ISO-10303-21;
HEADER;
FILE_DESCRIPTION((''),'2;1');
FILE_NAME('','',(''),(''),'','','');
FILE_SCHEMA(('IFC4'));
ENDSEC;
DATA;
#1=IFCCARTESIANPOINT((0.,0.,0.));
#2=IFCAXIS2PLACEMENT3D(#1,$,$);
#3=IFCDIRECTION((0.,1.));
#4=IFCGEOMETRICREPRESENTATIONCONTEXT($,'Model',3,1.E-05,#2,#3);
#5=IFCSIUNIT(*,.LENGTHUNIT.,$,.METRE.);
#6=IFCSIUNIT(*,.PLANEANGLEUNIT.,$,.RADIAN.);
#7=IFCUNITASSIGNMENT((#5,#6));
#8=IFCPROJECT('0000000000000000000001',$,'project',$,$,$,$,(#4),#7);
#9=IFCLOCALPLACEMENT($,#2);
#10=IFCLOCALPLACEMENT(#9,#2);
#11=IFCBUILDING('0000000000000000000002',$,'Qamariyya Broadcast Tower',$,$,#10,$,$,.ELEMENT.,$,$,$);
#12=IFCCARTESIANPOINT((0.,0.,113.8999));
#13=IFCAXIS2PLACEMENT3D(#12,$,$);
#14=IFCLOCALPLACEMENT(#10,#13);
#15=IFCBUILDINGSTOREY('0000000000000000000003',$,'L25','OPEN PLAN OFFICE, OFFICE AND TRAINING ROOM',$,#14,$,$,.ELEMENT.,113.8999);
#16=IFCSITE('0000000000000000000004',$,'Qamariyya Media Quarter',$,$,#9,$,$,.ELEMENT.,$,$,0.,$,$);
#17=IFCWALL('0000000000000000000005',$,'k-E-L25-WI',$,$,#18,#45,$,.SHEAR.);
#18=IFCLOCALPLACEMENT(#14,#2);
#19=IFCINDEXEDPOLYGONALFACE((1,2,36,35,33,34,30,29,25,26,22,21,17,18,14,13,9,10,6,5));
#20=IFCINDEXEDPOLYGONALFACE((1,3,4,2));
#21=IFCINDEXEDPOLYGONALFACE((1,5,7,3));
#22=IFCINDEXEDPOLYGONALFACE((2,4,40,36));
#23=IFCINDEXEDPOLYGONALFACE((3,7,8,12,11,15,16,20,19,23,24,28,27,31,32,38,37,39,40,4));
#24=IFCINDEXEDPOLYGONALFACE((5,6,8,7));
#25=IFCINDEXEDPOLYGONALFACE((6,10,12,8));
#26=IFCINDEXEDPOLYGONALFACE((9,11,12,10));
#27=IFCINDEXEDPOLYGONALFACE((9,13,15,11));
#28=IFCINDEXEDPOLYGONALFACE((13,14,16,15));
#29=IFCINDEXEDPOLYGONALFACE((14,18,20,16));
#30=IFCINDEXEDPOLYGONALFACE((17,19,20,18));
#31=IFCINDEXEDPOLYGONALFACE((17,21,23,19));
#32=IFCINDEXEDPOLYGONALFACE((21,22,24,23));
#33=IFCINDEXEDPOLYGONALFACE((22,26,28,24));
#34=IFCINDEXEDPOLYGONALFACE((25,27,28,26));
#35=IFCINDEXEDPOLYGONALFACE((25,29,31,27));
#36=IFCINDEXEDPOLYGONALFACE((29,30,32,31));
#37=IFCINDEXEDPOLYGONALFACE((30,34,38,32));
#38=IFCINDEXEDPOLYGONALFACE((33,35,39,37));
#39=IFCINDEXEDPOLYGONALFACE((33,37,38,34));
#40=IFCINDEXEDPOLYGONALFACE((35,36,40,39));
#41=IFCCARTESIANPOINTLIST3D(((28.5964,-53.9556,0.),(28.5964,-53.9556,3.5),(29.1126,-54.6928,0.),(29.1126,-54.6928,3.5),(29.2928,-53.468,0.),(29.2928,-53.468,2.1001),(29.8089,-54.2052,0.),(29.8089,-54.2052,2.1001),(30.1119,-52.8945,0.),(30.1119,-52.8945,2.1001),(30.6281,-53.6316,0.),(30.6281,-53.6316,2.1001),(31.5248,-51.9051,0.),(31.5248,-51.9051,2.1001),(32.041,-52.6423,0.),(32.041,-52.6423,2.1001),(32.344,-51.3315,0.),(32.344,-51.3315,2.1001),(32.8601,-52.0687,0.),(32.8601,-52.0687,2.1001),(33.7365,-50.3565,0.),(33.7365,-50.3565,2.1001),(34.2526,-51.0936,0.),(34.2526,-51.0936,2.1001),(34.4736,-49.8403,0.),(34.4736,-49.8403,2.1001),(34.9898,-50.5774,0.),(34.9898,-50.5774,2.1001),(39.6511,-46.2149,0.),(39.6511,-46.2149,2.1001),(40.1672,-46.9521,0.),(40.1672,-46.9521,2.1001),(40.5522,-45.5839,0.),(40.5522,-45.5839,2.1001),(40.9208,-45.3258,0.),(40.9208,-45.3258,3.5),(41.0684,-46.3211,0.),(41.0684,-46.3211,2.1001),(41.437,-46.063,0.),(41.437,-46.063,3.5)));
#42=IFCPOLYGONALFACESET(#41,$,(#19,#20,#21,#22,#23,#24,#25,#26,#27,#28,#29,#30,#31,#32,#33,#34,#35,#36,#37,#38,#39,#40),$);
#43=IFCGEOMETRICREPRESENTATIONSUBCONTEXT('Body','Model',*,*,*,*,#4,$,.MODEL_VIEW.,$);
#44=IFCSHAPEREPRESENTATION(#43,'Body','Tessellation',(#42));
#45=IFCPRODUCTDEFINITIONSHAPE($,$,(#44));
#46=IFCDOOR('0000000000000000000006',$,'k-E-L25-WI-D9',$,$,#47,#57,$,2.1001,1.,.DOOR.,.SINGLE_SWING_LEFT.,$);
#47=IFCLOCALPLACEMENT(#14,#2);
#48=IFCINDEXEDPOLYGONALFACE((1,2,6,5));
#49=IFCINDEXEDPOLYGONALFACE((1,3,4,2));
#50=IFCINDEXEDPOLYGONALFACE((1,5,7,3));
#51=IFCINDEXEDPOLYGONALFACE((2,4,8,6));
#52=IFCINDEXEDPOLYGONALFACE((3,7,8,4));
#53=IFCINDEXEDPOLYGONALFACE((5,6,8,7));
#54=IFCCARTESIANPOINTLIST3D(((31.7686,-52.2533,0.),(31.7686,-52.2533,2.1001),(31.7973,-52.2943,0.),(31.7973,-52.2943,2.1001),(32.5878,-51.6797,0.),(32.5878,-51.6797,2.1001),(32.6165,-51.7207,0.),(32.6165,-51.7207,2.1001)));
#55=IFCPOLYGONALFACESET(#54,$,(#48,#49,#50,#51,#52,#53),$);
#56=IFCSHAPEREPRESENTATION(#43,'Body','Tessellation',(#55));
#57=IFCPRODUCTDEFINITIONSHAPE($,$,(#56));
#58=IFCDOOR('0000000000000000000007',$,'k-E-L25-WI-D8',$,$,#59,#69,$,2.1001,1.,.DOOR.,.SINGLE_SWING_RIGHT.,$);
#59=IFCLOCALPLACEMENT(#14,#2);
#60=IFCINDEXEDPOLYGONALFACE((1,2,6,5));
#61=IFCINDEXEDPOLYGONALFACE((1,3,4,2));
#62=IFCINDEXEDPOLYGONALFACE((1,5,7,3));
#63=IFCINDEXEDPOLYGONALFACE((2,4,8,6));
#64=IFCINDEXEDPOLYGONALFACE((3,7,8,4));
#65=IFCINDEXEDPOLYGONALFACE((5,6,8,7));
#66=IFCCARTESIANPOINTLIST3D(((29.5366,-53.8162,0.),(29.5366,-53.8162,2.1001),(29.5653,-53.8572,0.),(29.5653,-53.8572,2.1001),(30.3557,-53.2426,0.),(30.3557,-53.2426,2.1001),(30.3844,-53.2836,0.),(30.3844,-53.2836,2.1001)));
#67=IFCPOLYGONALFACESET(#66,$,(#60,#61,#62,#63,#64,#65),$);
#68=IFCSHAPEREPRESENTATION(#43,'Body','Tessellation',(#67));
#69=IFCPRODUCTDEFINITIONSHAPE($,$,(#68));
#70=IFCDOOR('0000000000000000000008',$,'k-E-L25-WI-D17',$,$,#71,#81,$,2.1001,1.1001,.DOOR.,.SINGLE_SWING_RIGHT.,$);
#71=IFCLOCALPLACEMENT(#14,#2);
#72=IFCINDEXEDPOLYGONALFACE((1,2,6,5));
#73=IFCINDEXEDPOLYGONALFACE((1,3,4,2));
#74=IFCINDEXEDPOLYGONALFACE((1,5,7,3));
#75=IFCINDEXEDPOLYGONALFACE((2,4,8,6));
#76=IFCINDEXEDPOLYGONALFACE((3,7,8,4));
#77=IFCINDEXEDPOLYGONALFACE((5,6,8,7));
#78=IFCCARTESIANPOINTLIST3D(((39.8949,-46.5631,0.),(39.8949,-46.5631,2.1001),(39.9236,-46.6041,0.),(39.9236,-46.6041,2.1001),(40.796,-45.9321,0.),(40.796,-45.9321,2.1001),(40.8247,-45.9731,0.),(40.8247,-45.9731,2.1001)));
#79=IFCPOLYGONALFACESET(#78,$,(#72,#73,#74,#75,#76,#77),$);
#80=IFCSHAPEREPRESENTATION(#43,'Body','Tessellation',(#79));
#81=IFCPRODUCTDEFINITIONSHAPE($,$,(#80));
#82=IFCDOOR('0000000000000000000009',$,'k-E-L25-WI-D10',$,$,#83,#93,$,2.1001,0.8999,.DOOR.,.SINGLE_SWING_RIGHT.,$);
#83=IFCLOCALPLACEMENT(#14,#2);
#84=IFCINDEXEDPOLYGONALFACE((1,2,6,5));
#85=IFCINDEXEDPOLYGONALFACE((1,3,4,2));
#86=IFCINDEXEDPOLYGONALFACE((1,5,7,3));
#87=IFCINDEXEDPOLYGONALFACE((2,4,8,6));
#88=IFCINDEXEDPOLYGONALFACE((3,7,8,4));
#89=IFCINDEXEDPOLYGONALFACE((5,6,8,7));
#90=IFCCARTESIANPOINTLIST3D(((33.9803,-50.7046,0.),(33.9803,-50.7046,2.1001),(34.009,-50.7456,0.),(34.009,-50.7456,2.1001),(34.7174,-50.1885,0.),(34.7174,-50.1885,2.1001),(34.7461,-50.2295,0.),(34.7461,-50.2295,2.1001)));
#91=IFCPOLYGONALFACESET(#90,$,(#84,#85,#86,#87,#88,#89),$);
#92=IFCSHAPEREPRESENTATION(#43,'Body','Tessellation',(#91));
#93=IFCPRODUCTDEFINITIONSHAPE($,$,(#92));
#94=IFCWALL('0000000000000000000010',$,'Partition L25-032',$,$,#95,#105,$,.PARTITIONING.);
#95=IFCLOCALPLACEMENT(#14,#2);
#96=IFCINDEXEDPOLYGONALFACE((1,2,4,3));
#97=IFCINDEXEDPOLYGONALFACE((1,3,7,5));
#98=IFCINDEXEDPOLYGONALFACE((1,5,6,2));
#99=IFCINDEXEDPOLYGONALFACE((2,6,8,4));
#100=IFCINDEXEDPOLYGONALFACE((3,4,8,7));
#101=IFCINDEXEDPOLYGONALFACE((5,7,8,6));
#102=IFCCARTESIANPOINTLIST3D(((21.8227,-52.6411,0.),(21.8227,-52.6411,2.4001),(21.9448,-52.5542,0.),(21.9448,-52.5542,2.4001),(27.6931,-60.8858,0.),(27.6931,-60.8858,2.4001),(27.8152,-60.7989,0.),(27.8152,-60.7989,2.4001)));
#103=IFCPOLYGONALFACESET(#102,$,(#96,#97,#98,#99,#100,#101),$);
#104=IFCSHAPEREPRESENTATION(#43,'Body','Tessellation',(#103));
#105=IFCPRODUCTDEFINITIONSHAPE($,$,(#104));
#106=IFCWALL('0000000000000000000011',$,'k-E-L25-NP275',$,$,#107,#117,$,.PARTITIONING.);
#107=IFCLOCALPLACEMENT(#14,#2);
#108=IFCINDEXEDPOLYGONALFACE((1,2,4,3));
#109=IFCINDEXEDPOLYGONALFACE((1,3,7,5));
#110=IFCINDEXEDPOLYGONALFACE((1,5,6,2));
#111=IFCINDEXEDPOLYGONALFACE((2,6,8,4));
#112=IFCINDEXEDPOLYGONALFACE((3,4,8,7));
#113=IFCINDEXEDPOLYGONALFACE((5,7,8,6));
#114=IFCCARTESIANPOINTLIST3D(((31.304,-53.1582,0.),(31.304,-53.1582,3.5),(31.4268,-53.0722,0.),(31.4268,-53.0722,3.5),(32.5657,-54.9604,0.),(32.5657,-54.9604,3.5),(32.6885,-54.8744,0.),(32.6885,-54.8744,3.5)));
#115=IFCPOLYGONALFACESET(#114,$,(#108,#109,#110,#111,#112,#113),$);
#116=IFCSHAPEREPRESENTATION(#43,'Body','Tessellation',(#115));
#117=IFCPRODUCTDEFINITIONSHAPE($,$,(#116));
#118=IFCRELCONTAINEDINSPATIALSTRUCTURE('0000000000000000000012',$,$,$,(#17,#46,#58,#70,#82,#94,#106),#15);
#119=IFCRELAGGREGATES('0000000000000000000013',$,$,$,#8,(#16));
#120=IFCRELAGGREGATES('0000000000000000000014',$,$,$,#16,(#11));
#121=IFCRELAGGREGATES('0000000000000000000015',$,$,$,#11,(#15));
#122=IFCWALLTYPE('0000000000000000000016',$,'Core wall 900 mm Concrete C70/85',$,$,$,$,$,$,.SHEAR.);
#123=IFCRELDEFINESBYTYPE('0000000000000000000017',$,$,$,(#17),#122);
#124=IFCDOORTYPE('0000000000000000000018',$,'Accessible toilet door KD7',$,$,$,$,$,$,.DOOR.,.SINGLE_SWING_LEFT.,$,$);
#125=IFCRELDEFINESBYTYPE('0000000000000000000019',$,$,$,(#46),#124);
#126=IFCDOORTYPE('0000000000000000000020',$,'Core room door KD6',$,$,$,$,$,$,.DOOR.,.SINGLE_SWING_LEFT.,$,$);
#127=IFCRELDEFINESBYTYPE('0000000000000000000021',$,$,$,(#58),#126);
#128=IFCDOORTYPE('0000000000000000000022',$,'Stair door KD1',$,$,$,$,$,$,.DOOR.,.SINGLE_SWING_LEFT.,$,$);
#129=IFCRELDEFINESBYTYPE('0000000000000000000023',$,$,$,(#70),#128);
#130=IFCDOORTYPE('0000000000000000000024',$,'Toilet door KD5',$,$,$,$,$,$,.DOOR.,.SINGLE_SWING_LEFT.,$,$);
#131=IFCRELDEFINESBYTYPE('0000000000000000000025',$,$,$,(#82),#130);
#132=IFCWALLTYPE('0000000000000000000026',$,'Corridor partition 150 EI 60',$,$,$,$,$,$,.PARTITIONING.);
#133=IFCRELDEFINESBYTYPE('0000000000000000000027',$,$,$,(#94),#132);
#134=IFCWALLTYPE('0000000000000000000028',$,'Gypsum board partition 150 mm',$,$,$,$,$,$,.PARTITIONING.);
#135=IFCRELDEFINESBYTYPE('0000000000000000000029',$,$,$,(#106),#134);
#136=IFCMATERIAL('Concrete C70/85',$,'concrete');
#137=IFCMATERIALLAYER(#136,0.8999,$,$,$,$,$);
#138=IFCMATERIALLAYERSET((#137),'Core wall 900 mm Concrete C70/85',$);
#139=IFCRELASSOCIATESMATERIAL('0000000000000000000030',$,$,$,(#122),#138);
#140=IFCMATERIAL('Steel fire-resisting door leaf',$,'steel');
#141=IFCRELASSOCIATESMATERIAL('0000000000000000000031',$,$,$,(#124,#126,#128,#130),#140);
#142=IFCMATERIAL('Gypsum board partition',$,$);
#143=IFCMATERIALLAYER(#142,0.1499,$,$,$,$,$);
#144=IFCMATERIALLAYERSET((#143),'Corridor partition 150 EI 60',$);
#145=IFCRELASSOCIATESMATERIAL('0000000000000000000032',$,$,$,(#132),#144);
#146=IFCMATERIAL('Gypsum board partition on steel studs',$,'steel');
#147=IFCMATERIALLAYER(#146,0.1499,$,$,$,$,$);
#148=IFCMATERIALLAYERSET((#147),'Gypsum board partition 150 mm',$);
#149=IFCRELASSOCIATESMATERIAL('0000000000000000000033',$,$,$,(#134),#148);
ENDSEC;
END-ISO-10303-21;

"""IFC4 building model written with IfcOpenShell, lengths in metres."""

from ifc_helpers import new_model, si_unit, direction, frame, frame_2d, origin, place, context, subcontext, project, spatial, rectangle, extrude, material, layer, layer_set, type_object, element, fill, save


model = new_model("IFC4")

# Units and contexts
model_context = context("Model", 3, precision=1e-05, world=origin(), true_north=direction((0.0, 1.0)))
body_context = subcontext(model_context, "Body", "Model", "MODEL_VIEW")
ifc_project = project(units=[si_unit("LENGTHUNIT", "METRE"), si_unit("PLANEANGLEUNIT", "RADIAN")], contexts=[model_context])

# Site, building, storey
site_placement = place(None, origin())
site = spatial("IfcSite", under=ifc_project, at=site_placement, Name="Qamariyya Media Quarter", CompositionType="ELEMENT", RefElevation=0.0)
building_placement = place(site_placement, origin())
building = spatial("IfcBuilding", under=site, at=building_placement, Name="Qamariyya Broadcast Tower", CompositionType="ELEMENT")
storey_placement = place(building_placement, frame((0.0, 0.0, 113.8999)))
storey = spatial("IfcBuildingStorey", under=building, at=storey_placement, Name="L25", Description="OPEN PLAN OFFICE, OFFICE AND TRAINING ROOM", CompositionType="ELEMENT", Elevation=113.8999)

# Shared definitions
ifc_material_1 = material(Name="Concrete C70/85", Category="concrete")

# Wall, openings, doors
ifc_layer_1 = layer(ifc_material_1, 0.8999)
ifc_layer_set_1 = layer_set([ifc_layer_1], Name="Core wall 900 mm Concrete C70/85")
wall_type_1 = type_object("IfcWallType", Name="Core wall 900 mm Concrete C70/85", PredefinedType="SHEAR", material=ifc_layer_set_1)
wall_1_placement = place(storey_placement, frame((28.8545, -54.3242, 0.0), z_axis=(0.0, 0.0, 1.0), x_axis=(0.819146, 0.573585, 0.0)))
wall_1 = element("IfcWall", 1, at=wall_1_placement, inside=storey, type_object=wall_type_1, Name="k-E-L25-WI", PredefinedType="SHEAR", context=body_context, shape_type="SweptSolid", body=[
    extrude(rectangle(XDim=15.0454, YDim=0.8999, at=frame_2d((7.5227, 0.0))), origin(), (0.0, 0.0, 1.0), 3.5),
])
opening_1_placement = place(wall_1_placement, frame((0.8501, 0.0, 0.0)))
opening_1 = element("IfcOpeningElement", 2, at=opening_1_placement, cuts=wall_1, PredefinedType="OPENING", context=body_context, shape_type="SweptSolid", body=[
    extrude(rectangle(XDim=1.0, YDim=2.1001, at=frame_2d((0.5, 1.05))), frame((0.0, 0.46, 0.0), z_axis=(0.0, -1.0, 0.0), x_axis=(1.0, 0.0, 0.0)), (0.0, 0.0, 1.0), 0.9199),
])
opening_2_placement = place(wall_1_placement, frame((3.575, 0.0, 0.0)))
opening_2 = element("IfcOpeningElement", 3, at=opening_2_placement, cuts=wall_1, PredefinedType="OPENING", context=body_context, shape_type="SweptSolid", body=[
    extrude(rectangle(XDim=1.0, YDim=2.1001, at=frame_2d((0.5, 1.05))), frame((0.0, 0.46, 0.0), z_axis=(0.0, -1.0, 0.0), x_axis=(1.0, 0.0, 0.0)), (0.0, 0.0, 1.0), 0.9199),
])
opening_3_placement = place(wall_1_placement, frame((6.2749, 0.0, 0.0)))
opening_3 = element("IfcOpeningElement", 4, at=opening_3_placement, cuts=wall_1, PredefinedType="OPENING", context=body_context, shape_type="SweptSolid", body=[
    extrude(rectangle(XDim=0.8999, YDim=2.1001, at=frame_2d((0.45, 1.05))), frame((0.0, 0.46, 0.0), z_axis=(0.0, -1.0, 0.0), x_axis=(1.0, 0.0, 0.0)), (0.0, 0.0, 1.0), 0.9199),
])
opening_4_placement = place(wall_1_placement, frame((13.4954, 0.0, 0.0)))
opening_4 = element("IfcOpeningElement", 5, at=opening_4_placement, cuts=wall_1, PredefinedType="OPENING", context=body_context, shape_type="SweptSolid", body=[
    extrude(rectangle(XDim=1.1001, YDim=2.1001, at=frame_2d((0.55, 1.05))), frame((0.0, 0.46, 0.0), z_axis=(0.0, -1.0, 0.0), x_axis=(1.0, 0.0, 0.0)), (0.0, 0.0, 1.0), 0.9199),
])
ifc_material_2 = material(Name="Steel fire-resisting door leaf", Category="steel")
door_type_1 = type_object("IfcDoorType", Name="Accessible toilet door KD7", OperationType="SINGLE_SWING_LEFT", PredefinedType="DOOR", material=ifc_material_2)
door_1_placement = place(opening_2_placement, origin())
door_1 = element("IfcDoor", 6, at=door_1_placement, inside=storey, type_object=door_type_1, Name="k-E-L25-WI-D9", OperationType="SINGLE_SWING_LEFT", OverallHeight=2.1001, OverallWidth=1.0, PredefinedType="DOOR", context=body_context, shape_type="SweptSolid", body=[
    extrude(rectangle(XDim=1.0, YDim=2.1001, at=frame_2d((0.5, 1.05))), frame((0.0, 0.0249, 0.0), z_axis=(0.0, -1.0, 0.0), x_axis=(1.0, 0.0, 0.0)), (0.0, 0.0, 1.0), 0.05),
])
fill(opening_2, door_1)
door_type_2 = type_object("IfcDoorType", Name="Core room door KD6", OperationType="SINGLE_SWING_LEFT", PredefinedType="DOOR", material=ifc_material_2)
door_2_placement = place(opening_1_placement, origin())
door_2 = element("IfcDoor", 7, at=door_2_placement, inside=storey, type_object=door_type_2, Name="k-E-L25-WI-D8", OperationType="SINGLE_SWING_RIGHT", OverallHeight=2.1001, OverallWidth=1.0, PredefinedType="DOOR", context=body_context, shape_type="SweptSolid", body=[
    extrude(rectangle(XDim=1.0, YDim=2.1001, at=frame_2d((0.5, 1.05))), frame((0.0, 0.0249, 0.0), z_axis=(0.0, -1.0, 0.0), x_axis=(1.0, 0.0, 0.0)), (0.0, 0.0, 1.0), 0.05),
])
fill(opening_1, door_2)
door_type_3 = type_object("IfcDoorType", Name="Stair door KD1", OperationType="SINGLE_SWING_LEFT", PredefinedType="DOOR", material=ifc_material_2)
door_3_placement = place(opening_4_placement, origin())
door_3 = element("IfcDoor", 8, at=door_3_placement, inside=storey, type_object=door_type_3, Name="k-E-L25-WI-D17", OperationType="SINGLE_SWING_RIGHT", OverallHeight=2.1001, OverallWidth=1.1001, PredefinedType="DOOR", context=body_context, shape_type="SweptSolid", body=[
    extrude(rectangle(XDim=1.1001, YDim=2.1001, at=frame_2d((0.55, 1.05))), frame((0.0, 0.0249, 0.0), z_axis=(0.0, -1.0, 0.0), x_axis=(1.0, 0.0, 0.0)), (0.0, 0.0, 1.0), 0.05),
])
fill(opening_4, door_3)
door_type_4 = type_object("IfcDoorType", Name="Toilet door KD5", OperationType="SINGLE_SWING_LEFT", PredefinedType="DOOR", material=ifc_material_2)
door_4_placement = place(opening_3_placement, origin())
door_4 = element("IfcDoor", 9, at=door_4_placement, inside=storey, type_object=door_type_4, Name="k-E-L25-WI-D10", OperationType="SINGLE_SWING_RIGHT", OverallHeight=2.1001, OverallWidth=0.8999, PredefinedType="DOOR", context=body_context, shape_type="SweptSolid", body=[
    extrude(rectangle(XDim=0.8999, YDim=2.1001, at=frame_2d((0.45, 1.05))), frame((0.0, 0.0249, 0.0), z_axis=(0.0, -1.0, 0.0), x_axis=(1.0, 0.0, 0.0)), (0.0, 0.0, 1.0), 0.05),
])
fill(opening_3, door_4)

# Walls
ifc_material_3 = material(Name="Gypsum board partition")
ifc_layer_2 = layer(ifc_material_3, 0.1499)
ifc_layer_set_2 = layer_set([ifc_layer_2], Name="Corridor partition 150 EI 60")
wall_type_2 = type_object("IfcWallType", Name="Corridor partition 150 EI 60", PredefinedType="PARTITIONING", material=ifc_layer_set_2)
wall_2_placement = place(storey_placement, frame((21.8838, -52.5977, 0.0), z_axis=(0.0, 0.0, 1.0), x_axis=(0.580017, -0.814605, 0.0)))
element("IfcWall", 10, at=wall_2_placement, inside=storey, type_object=wall_type_2, Name="Partition L25-032", PredefinedType="PARTITIONING", context=body_context, shape_type="SweptSolid", body=[
    extrude(rectangle(XDim=10.1211, YDim=0.1499, at=frame_2d((5.0605, 0.0))), origin(), (0.0, 0.0, 1.0), 2.4001),
])
ifc_material_4 = material(Name="Gypsum board partition on steel studs", Category="steel")
ifc_layer_3 = layer(ifc_material_4, 0.1499)
ifc_layer_set_3 = layer_set([ifc_layer_3], Name="Gypsum board partition 150 mm")
wall_type_3 = type_object("IfcWallType", Name="Gypsum board partition 150 mm", PredefinedType="PARTITIONING", material=ifc_layer_set_3)
wall_3_placement = place(storey_placement, frame((32.6272, -54.9175, 0.0), z_axis=(0.0, 0.0, 1.0), x_axis=(-0.573507, 0.819201, 0.0)))
element("IfcWall", 11, at=wall_3_placement, inside=storey, type_object=wall_type_3, Name="k-E-L25-NP275", PredefinedType="PARTITIONING", context=body_context, shape_type="SweptSolid", body=[
    extrude(rectangle(XDim=2.2, YDim=0.1499, at=frame_2d((1.1001, 0.0))), origin(), (0.0, 0.0, 1.0), 3.5),
])

save(model, "model.ifc")
